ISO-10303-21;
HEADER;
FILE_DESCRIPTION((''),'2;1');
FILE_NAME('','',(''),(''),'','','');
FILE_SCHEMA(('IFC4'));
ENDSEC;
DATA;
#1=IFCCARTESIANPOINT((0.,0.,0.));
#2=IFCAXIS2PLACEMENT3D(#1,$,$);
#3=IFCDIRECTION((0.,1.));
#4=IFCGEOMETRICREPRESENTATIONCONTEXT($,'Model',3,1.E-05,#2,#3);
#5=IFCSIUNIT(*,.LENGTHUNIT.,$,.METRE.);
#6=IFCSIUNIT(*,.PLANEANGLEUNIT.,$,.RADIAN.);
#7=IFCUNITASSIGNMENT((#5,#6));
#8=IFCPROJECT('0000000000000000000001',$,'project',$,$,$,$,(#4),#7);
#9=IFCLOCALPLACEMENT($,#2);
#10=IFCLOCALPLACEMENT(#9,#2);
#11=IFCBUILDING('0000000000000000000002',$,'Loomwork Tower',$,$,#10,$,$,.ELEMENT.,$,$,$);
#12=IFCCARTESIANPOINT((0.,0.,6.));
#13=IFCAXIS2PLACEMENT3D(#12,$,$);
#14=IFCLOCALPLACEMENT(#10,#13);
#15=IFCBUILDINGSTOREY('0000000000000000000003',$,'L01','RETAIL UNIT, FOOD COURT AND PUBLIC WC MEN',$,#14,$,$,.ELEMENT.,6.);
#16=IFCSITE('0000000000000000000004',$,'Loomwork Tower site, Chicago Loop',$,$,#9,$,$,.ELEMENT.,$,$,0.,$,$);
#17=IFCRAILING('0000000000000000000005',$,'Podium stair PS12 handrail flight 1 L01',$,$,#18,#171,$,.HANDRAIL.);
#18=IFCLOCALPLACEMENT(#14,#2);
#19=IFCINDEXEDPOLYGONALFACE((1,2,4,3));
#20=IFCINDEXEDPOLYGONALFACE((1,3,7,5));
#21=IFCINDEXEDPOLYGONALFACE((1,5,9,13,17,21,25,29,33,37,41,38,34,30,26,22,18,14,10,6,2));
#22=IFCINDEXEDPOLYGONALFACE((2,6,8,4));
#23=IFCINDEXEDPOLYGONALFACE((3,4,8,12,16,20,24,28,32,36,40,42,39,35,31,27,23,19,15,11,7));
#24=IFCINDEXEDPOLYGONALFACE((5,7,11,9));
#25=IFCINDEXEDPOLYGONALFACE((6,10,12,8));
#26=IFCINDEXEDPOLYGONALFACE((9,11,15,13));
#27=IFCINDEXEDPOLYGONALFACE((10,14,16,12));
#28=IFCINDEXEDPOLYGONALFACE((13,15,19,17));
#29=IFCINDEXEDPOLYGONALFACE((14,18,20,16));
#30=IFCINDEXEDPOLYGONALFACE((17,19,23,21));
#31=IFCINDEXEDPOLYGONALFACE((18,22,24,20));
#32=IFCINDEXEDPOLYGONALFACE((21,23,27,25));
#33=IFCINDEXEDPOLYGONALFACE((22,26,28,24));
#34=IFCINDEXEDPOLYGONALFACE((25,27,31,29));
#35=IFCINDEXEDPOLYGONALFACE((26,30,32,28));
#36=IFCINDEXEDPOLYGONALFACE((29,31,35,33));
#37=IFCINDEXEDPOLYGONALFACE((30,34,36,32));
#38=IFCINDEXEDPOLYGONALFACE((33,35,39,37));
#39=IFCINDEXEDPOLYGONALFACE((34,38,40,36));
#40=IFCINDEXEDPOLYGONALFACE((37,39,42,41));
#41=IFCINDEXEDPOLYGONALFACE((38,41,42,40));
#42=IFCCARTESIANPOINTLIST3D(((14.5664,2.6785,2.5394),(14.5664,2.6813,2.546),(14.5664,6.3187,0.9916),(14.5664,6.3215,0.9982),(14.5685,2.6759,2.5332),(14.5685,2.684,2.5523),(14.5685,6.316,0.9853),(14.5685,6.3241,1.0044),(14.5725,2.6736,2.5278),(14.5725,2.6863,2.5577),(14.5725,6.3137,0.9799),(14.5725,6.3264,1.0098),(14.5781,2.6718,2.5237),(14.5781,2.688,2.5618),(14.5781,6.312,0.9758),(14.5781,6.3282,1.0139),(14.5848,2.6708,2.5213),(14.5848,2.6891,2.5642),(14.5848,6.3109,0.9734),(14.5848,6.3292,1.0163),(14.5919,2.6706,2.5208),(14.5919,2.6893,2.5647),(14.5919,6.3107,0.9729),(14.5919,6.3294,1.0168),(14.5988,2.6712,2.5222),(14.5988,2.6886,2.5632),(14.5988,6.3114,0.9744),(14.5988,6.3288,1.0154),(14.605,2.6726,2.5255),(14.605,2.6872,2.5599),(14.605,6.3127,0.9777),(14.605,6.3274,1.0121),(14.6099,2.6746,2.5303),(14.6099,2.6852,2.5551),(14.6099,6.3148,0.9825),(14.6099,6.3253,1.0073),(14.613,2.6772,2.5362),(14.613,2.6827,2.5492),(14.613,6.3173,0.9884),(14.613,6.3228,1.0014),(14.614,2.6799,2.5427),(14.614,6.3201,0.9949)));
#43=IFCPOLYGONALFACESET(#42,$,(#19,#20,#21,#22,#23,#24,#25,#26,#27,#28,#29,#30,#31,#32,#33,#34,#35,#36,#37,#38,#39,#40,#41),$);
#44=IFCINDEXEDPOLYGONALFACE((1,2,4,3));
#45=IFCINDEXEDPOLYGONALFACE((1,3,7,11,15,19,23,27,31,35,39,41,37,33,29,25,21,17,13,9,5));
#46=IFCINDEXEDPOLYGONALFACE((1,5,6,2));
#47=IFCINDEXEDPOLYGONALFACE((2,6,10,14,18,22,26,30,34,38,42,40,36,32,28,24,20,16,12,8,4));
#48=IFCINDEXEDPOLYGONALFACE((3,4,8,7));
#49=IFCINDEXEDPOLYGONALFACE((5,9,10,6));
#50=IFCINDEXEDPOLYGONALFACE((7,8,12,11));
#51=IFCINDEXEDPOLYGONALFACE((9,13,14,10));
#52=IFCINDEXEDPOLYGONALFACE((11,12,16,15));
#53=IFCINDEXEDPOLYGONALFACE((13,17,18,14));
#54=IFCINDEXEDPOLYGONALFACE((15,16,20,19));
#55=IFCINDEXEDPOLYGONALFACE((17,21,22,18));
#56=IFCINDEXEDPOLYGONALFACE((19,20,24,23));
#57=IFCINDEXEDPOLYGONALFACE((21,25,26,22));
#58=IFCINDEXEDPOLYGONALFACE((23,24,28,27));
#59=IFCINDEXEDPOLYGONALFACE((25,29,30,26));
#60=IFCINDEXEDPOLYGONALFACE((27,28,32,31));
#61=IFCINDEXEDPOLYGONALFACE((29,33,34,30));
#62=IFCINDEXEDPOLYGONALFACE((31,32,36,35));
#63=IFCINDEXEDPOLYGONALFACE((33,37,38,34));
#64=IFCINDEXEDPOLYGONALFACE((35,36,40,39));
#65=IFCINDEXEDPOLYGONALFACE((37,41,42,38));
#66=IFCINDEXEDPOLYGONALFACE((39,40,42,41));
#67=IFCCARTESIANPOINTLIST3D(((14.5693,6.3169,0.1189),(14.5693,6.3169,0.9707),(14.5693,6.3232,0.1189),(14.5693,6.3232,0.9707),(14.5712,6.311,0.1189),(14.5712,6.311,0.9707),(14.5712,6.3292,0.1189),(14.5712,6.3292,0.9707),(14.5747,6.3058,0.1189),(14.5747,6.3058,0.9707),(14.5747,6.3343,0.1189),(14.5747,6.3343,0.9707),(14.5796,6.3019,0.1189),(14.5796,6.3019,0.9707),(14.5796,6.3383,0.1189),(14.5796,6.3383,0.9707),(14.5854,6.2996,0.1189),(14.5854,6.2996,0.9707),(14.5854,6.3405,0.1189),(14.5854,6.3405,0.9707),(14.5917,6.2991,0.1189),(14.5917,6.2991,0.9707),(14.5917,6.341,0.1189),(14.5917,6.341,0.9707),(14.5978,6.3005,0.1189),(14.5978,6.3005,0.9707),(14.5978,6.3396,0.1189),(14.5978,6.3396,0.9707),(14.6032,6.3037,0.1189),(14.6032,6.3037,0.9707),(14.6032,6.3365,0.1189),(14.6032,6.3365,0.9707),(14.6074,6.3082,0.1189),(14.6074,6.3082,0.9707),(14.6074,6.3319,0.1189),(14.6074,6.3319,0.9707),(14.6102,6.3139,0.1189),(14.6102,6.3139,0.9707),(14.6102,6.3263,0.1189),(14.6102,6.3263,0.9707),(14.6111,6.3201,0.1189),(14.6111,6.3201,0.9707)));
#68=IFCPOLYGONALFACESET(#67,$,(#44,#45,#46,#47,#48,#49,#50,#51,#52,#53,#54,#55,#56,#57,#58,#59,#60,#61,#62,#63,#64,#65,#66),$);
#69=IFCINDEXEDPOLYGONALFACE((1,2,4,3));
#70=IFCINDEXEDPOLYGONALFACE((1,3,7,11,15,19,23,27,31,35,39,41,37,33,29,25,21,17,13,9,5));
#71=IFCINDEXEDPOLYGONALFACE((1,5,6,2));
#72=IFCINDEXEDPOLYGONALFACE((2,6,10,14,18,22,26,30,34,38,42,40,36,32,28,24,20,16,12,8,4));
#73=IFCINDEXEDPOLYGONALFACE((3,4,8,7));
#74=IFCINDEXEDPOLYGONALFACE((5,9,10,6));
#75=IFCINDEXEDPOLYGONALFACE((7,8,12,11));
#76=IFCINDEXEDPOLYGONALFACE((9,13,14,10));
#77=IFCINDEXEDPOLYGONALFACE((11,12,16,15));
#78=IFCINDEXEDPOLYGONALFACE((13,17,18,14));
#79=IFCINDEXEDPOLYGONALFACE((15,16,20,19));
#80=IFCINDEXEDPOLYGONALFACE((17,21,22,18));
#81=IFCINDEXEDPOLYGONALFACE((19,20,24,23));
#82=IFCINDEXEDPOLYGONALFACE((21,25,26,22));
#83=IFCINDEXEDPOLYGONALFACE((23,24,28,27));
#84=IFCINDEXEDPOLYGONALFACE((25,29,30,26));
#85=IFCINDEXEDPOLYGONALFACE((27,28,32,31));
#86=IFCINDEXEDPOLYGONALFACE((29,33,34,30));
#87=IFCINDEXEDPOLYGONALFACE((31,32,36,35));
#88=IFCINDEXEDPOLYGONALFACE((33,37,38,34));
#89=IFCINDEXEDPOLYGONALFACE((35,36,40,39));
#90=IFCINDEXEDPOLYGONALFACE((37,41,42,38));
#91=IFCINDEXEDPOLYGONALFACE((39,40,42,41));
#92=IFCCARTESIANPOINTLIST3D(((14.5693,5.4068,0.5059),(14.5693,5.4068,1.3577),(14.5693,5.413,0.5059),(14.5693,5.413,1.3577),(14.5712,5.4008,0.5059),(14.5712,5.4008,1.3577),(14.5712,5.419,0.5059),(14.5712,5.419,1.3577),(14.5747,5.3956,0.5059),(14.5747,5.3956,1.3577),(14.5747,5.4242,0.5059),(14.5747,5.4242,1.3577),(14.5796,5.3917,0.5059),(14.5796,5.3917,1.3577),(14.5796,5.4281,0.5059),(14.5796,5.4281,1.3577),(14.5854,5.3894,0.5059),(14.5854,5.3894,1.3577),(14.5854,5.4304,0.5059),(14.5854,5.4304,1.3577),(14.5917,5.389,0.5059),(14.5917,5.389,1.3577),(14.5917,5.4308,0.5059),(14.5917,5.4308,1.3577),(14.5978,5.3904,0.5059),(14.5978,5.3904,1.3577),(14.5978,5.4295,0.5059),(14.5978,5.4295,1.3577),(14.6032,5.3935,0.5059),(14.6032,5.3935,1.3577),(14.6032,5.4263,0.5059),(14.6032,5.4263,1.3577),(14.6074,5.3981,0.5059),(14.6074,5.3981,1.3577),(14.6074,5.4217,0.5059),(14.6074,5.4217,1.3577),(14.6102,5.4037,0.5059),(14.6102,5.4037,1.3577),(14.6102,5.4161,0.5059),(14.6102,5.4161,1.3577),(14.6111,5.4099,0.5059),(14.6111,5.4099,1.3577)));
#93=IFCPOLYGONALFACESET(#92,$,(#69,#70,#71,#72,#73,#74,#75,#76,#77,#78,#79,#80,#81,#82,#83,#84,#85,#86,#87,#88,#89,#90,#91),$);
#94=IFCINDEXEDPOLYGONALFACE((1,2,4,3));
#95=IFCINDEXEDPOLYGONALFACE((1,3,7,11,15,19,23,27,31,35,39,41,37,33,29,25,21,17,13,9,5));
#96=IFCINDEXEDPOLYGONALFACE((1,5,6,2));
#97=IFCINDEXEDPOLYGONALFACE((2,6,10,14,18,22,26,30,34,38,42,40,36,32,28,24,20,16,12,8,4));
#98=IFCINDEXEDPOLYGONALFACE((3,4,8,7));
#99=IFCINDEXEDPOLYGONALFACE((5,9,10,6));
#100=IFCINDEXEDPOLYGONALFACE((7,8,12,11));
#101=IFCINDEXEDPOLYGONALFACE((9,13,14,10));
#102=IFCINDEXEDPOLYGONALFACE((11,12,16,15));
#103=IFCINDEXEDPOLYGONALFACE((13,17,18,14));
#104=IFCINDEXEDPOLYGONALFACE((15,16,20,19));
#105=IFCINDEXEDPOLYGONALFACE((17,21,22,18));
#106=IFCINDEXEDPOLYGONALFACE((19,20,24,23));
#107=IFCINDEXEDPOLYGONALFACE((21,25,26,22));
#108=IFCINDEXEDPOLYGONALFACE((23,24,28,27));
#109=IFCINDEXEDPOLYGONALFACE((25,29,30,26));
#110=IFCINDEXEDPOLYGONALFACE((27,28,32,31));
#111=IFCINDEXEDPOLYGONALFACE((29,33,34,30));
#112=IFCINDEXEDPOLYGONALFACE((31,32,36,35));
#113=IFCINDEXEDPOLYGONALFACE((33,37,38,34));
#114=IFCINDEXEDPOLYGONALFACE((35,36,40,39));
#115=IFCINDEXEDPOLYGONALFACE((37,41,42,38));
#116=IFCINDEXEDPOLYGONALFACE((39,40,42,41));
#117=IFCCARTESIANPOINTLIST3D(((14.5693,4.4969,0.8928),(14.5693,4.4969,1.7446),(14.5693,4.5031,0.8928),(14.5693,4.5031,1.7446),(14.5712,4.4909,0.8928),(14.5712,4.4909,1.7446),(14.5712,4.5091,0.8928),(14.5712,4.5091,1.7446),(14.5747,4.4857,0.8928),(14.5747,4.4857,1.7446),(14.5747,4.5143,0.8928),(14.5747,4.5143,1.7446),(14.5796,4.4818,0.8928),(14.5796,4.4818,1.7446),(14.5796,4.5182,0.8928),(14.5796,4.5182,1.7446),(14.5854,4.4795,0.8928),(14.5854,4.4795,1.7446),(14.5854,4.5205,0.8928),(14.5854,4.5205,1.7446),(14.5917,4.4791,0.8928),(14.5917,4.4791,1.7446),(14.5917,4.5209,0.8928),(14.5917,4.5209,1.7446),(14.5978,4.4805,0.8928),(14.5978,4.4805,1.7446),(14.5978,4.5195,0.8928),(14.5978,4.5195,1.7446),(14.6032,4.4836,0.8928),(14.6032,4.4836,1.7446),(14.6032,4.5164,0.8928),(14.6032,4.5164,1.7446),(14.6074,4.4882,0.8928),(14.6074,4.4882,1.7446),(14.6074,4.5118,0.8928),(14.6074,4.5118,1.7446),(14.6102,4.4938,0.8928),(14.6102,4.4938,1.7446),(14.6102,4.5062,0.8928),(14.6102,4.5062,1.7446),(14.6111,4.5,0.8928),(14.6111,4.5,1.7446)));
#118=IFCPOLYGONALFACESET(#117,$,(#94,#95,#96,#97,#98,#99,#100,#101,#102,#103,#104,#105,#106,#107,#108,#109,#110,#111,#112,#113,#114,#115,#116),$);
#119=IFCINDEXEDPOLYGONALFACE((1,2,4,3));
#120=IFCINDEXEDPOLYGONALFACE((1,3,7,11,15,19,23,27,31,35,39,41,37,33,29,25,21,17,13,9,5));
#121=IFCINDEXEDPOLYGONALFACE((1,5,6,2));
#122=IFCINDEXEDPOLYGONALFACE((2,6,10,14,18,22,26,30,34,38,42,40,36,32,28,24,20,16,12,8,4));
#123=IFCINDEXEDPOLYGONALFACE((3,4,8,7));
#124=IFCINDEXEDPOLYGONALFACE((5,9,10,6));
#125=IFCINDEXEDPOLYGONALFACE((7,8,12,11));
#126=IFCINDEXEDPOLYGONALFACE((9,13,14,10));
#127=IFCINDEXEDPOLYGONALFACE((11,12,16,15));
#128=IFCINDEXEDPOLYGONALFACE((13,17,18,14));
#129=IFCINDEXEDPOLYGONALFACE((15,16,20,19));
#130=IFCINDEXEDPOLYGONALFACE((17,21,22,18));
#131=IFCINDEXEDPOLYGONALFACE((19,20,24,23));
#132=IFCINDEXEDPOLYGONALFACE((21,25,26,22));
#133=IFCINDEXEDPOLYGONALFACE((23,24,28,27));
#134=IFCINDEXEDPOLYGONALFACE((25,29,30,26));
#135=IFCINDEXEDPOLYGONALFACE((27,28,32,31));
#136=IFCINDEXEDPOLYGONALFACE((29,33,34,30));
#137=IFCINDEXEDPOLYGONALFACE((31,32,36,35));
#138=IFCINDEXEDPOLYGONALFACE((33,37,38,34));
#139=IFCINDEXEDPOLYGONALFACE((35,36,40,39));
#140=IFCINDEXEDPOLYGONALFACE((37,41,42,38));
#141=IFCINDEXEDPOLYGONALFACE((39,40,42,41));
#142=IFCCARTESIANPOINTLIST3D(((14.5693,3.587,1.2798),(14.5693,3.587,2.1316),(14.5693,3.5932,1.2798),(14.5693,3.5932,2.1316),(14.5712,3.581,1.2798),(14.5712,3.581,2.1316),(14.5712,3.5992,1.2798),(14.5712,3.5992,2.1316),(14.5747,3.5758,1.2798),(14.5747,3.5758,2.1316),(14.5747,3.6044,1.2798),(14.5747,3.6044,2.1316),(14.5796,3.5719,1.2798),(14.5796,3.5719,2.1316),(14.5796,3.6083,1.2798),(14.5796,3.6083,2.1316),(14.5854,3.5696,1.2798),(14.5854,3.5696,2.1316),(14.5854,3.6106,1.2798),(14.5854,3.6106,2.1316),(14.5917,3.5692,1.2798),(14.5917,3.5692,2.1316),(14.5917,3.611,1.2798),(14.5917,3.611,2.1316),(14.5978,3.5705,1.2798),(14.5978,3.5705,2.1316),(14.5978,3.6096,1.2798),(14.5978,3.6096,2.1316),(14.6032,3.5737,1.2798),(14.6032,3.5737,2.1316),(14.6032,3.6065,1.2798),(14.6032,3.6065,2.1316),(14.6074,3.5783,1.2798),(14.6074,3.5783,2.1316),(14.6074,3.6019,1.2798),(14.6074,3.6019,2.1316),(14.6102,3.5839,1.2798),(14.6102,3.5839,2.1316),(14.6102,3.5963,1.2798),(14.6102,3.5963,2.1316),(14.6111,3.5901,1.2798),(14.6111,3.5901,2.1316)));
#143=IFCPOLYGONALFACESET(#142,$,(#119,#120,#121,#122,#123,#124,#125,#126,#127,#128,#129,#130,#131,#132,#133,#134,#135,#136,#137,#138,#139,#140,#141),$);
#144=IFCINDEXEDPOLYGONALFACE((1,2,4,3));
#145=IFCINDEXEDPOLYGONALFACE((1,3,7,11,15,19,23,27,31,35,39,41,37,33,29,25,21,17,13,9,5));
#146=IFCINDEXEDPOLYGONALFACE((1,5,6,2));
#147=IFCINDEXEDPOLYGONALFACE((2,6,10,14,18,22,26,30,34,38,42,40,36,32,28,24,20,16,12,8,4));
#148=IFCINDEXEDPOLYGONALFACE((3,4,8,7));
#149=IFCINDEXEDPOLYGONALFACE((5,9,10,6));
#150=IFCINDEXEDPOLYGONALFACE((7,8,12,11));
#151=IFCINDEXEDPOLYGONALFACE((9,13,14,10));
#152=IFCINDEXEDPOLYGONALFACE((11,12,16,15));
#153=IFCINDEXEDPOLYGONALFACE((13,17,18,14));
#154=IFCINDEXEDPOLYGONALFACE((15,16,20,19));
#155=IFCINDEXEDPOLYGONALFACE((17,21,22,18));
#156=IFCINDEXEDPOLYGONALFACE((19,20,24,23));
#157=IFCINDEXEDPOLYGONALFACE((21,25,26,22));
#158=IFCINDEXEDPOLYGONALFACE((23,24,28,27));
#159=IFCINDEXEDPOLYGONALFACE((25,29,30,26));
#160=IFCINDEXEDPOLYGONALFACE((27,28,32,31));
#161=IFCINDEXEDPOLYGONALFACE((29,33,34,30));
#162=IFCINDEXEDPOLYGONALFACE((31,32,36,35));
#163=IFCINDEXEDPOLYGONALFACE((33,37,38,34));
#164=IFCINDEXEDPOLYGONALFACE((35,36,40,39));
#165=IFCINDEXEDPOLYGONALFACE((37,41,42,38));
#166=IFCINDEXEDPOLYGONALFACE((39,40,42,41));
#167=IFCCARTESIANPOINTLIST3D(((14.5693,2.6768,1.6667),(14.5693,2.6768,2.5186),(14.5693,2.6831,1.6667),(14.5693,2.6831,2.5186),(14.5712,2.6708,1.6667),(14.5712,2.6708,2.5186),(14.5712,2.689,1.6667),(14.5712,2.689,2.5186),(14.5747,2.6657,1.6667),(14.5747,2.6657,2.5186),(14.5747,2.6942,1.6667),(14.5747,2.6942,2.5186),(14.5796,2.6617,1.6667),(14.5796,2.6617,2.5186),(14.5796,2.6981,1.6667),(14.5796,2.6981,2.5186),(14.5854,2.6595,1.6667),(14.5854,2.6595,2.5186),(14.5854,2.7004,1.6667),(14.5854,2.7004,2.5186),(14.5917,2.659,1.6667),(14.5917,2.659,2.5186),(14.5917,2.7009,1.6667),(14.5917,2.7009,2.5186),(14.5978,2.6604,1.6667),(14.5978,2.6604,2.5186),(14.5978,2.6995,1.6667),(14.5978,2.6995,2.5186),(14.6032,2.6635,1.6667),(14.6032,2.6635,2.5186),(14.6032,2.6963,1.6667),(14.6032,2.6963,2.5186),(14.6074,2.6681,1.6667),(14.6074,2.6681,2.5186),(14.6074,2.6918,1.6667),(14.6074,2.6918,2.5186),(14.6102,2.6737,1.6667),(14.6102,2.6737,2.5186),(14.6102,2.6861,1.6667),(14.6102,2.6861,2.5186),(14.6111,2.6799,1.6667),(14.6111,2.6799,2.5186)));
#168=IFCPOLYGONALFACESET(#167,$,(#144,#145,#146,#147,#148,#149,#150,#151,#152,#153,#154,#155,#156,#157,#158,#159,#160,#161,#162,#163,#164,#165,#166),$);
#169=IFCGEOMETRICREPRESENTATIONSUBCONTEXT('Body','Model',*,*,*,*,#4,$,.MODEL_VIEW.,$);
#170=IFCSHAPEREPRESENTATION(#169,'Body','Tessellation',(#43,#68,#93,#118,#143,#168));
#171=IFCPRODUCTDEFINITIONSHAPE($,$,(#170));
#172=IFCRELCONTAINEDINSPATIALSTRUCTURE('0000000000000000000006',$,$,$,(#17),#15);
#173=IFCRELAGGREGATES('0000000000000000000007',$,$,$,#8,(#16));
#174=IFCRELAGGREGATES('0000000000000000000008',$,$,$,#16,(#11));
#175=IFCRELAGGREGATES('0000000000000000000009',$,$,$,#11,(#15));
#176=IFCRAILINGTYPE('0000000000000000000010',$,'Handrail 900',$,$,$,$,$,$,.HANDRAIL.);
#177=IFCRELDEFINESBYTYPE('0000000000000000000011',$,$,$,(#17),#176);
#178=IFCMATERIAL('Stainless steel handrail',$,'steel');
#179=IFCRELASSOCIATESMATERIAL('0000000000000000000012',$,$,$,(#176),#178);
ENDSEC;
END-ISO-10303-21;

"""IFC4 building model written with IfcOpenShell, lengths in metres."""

from ifc_helpers import new_model, si_unit, direction, frame, origin, origin_2d, place, context, subcontext, project, spatial, circle, extrude, material, type_object, element, save


model = new_model("IFC4")

# Units and contexts
model_context = context("Model", 3, precision=1e-05, world=origin(), true_north=direction((0.0, 1.0)))
body_context = subcontext(model_context, "Body", "Model", "MODEL_VIEW")
ifc_project = project(units=[si_unit("LENGTHUNIT", "METRE"), si_unit("PLANEANGLEUNIT", "RADIAN")], contexts=[model_context])

# Site, building, storey
site_placement = place(None, origin())
site = spatial("IfcSite", under=ifc_project, at=site_placement, Name="Loomwork Tower site, Chicago Loop", CompositionType="ELEMENT", RefElevation=0.0)
building_placement = place(site_placement, origin())
building = spatial("IfcBuilding", under=site, at=building_placement, Name="Loomwork Tower", CompositionType="ELEMENT")
storey_placement = place(building_placement, frame((0.0, 0.0, 6.0)))
storey = spatial("IfcBuildingStorey", under=building, at=storey_placement, Name="L01", Description="RETAIL UNIT, FOOD COURT AND PUBLIC WC MEN", CompositionType="ELEMENT", Elevation=6.0)

# Railing
ifc_material_1 = material(Name="Stainless steel handrail", Category="steel")
railing_type = type_object("IfcRailingType", Name="Handrail 900", PredefinedType="HANDRAIL", material=ifc_material_1)
railing_1_placement = place(storey_placement, frame((14.5901, 6.3201, 0.1189)))
element("IfcRailing", 1, at=railing_1_placement, inside=storey, type_object=railing_type, Name="Podium stair PS12 handrail flight 1 L01", PredefinedType="HANDRAIL", context=body_context, shape_type="SweptSolid", body=[
    extrude(circle(Radius=0.0239, at=origin_2d()), frame((0.0, 0.0, 0.876), z_axis=(0.0, -0.920259, 0.391311), x_axis=(1.0, 0.0, 0.0)), (0.0, 0.0, 1.0), 3.9556),
    extrude(circle(Radius=0.021, at=origin_2d()), origin(), (0.0, 0.0, 1.0), 0.8518),
    extrude(circle(Radius=0.021, at=origin_2d()), frame((0.0, -0.9102, 0.387)), (0.0, 0.0, 1.0), 0.8518),
    extrude(circle(Radius=0.021, at=origin_2d()), frame((0.0, -1.8201, 0.7739)), (0.0, 0.0, 1.0), 0.8518),
    extrude(circle(Radius=0.021, at=origin_2d()), frame((0.0, -2.73, 1.1609)), (0.0, 0.0, 1.0), 0.8518),
    extrude(circle(Radius=0.021, at=origin_2d()), frame((0.0, -3.6401, 1.5479)), (0.0, 0.0, 1.0), 0.8518),
])

save(model, "model.ifc")
